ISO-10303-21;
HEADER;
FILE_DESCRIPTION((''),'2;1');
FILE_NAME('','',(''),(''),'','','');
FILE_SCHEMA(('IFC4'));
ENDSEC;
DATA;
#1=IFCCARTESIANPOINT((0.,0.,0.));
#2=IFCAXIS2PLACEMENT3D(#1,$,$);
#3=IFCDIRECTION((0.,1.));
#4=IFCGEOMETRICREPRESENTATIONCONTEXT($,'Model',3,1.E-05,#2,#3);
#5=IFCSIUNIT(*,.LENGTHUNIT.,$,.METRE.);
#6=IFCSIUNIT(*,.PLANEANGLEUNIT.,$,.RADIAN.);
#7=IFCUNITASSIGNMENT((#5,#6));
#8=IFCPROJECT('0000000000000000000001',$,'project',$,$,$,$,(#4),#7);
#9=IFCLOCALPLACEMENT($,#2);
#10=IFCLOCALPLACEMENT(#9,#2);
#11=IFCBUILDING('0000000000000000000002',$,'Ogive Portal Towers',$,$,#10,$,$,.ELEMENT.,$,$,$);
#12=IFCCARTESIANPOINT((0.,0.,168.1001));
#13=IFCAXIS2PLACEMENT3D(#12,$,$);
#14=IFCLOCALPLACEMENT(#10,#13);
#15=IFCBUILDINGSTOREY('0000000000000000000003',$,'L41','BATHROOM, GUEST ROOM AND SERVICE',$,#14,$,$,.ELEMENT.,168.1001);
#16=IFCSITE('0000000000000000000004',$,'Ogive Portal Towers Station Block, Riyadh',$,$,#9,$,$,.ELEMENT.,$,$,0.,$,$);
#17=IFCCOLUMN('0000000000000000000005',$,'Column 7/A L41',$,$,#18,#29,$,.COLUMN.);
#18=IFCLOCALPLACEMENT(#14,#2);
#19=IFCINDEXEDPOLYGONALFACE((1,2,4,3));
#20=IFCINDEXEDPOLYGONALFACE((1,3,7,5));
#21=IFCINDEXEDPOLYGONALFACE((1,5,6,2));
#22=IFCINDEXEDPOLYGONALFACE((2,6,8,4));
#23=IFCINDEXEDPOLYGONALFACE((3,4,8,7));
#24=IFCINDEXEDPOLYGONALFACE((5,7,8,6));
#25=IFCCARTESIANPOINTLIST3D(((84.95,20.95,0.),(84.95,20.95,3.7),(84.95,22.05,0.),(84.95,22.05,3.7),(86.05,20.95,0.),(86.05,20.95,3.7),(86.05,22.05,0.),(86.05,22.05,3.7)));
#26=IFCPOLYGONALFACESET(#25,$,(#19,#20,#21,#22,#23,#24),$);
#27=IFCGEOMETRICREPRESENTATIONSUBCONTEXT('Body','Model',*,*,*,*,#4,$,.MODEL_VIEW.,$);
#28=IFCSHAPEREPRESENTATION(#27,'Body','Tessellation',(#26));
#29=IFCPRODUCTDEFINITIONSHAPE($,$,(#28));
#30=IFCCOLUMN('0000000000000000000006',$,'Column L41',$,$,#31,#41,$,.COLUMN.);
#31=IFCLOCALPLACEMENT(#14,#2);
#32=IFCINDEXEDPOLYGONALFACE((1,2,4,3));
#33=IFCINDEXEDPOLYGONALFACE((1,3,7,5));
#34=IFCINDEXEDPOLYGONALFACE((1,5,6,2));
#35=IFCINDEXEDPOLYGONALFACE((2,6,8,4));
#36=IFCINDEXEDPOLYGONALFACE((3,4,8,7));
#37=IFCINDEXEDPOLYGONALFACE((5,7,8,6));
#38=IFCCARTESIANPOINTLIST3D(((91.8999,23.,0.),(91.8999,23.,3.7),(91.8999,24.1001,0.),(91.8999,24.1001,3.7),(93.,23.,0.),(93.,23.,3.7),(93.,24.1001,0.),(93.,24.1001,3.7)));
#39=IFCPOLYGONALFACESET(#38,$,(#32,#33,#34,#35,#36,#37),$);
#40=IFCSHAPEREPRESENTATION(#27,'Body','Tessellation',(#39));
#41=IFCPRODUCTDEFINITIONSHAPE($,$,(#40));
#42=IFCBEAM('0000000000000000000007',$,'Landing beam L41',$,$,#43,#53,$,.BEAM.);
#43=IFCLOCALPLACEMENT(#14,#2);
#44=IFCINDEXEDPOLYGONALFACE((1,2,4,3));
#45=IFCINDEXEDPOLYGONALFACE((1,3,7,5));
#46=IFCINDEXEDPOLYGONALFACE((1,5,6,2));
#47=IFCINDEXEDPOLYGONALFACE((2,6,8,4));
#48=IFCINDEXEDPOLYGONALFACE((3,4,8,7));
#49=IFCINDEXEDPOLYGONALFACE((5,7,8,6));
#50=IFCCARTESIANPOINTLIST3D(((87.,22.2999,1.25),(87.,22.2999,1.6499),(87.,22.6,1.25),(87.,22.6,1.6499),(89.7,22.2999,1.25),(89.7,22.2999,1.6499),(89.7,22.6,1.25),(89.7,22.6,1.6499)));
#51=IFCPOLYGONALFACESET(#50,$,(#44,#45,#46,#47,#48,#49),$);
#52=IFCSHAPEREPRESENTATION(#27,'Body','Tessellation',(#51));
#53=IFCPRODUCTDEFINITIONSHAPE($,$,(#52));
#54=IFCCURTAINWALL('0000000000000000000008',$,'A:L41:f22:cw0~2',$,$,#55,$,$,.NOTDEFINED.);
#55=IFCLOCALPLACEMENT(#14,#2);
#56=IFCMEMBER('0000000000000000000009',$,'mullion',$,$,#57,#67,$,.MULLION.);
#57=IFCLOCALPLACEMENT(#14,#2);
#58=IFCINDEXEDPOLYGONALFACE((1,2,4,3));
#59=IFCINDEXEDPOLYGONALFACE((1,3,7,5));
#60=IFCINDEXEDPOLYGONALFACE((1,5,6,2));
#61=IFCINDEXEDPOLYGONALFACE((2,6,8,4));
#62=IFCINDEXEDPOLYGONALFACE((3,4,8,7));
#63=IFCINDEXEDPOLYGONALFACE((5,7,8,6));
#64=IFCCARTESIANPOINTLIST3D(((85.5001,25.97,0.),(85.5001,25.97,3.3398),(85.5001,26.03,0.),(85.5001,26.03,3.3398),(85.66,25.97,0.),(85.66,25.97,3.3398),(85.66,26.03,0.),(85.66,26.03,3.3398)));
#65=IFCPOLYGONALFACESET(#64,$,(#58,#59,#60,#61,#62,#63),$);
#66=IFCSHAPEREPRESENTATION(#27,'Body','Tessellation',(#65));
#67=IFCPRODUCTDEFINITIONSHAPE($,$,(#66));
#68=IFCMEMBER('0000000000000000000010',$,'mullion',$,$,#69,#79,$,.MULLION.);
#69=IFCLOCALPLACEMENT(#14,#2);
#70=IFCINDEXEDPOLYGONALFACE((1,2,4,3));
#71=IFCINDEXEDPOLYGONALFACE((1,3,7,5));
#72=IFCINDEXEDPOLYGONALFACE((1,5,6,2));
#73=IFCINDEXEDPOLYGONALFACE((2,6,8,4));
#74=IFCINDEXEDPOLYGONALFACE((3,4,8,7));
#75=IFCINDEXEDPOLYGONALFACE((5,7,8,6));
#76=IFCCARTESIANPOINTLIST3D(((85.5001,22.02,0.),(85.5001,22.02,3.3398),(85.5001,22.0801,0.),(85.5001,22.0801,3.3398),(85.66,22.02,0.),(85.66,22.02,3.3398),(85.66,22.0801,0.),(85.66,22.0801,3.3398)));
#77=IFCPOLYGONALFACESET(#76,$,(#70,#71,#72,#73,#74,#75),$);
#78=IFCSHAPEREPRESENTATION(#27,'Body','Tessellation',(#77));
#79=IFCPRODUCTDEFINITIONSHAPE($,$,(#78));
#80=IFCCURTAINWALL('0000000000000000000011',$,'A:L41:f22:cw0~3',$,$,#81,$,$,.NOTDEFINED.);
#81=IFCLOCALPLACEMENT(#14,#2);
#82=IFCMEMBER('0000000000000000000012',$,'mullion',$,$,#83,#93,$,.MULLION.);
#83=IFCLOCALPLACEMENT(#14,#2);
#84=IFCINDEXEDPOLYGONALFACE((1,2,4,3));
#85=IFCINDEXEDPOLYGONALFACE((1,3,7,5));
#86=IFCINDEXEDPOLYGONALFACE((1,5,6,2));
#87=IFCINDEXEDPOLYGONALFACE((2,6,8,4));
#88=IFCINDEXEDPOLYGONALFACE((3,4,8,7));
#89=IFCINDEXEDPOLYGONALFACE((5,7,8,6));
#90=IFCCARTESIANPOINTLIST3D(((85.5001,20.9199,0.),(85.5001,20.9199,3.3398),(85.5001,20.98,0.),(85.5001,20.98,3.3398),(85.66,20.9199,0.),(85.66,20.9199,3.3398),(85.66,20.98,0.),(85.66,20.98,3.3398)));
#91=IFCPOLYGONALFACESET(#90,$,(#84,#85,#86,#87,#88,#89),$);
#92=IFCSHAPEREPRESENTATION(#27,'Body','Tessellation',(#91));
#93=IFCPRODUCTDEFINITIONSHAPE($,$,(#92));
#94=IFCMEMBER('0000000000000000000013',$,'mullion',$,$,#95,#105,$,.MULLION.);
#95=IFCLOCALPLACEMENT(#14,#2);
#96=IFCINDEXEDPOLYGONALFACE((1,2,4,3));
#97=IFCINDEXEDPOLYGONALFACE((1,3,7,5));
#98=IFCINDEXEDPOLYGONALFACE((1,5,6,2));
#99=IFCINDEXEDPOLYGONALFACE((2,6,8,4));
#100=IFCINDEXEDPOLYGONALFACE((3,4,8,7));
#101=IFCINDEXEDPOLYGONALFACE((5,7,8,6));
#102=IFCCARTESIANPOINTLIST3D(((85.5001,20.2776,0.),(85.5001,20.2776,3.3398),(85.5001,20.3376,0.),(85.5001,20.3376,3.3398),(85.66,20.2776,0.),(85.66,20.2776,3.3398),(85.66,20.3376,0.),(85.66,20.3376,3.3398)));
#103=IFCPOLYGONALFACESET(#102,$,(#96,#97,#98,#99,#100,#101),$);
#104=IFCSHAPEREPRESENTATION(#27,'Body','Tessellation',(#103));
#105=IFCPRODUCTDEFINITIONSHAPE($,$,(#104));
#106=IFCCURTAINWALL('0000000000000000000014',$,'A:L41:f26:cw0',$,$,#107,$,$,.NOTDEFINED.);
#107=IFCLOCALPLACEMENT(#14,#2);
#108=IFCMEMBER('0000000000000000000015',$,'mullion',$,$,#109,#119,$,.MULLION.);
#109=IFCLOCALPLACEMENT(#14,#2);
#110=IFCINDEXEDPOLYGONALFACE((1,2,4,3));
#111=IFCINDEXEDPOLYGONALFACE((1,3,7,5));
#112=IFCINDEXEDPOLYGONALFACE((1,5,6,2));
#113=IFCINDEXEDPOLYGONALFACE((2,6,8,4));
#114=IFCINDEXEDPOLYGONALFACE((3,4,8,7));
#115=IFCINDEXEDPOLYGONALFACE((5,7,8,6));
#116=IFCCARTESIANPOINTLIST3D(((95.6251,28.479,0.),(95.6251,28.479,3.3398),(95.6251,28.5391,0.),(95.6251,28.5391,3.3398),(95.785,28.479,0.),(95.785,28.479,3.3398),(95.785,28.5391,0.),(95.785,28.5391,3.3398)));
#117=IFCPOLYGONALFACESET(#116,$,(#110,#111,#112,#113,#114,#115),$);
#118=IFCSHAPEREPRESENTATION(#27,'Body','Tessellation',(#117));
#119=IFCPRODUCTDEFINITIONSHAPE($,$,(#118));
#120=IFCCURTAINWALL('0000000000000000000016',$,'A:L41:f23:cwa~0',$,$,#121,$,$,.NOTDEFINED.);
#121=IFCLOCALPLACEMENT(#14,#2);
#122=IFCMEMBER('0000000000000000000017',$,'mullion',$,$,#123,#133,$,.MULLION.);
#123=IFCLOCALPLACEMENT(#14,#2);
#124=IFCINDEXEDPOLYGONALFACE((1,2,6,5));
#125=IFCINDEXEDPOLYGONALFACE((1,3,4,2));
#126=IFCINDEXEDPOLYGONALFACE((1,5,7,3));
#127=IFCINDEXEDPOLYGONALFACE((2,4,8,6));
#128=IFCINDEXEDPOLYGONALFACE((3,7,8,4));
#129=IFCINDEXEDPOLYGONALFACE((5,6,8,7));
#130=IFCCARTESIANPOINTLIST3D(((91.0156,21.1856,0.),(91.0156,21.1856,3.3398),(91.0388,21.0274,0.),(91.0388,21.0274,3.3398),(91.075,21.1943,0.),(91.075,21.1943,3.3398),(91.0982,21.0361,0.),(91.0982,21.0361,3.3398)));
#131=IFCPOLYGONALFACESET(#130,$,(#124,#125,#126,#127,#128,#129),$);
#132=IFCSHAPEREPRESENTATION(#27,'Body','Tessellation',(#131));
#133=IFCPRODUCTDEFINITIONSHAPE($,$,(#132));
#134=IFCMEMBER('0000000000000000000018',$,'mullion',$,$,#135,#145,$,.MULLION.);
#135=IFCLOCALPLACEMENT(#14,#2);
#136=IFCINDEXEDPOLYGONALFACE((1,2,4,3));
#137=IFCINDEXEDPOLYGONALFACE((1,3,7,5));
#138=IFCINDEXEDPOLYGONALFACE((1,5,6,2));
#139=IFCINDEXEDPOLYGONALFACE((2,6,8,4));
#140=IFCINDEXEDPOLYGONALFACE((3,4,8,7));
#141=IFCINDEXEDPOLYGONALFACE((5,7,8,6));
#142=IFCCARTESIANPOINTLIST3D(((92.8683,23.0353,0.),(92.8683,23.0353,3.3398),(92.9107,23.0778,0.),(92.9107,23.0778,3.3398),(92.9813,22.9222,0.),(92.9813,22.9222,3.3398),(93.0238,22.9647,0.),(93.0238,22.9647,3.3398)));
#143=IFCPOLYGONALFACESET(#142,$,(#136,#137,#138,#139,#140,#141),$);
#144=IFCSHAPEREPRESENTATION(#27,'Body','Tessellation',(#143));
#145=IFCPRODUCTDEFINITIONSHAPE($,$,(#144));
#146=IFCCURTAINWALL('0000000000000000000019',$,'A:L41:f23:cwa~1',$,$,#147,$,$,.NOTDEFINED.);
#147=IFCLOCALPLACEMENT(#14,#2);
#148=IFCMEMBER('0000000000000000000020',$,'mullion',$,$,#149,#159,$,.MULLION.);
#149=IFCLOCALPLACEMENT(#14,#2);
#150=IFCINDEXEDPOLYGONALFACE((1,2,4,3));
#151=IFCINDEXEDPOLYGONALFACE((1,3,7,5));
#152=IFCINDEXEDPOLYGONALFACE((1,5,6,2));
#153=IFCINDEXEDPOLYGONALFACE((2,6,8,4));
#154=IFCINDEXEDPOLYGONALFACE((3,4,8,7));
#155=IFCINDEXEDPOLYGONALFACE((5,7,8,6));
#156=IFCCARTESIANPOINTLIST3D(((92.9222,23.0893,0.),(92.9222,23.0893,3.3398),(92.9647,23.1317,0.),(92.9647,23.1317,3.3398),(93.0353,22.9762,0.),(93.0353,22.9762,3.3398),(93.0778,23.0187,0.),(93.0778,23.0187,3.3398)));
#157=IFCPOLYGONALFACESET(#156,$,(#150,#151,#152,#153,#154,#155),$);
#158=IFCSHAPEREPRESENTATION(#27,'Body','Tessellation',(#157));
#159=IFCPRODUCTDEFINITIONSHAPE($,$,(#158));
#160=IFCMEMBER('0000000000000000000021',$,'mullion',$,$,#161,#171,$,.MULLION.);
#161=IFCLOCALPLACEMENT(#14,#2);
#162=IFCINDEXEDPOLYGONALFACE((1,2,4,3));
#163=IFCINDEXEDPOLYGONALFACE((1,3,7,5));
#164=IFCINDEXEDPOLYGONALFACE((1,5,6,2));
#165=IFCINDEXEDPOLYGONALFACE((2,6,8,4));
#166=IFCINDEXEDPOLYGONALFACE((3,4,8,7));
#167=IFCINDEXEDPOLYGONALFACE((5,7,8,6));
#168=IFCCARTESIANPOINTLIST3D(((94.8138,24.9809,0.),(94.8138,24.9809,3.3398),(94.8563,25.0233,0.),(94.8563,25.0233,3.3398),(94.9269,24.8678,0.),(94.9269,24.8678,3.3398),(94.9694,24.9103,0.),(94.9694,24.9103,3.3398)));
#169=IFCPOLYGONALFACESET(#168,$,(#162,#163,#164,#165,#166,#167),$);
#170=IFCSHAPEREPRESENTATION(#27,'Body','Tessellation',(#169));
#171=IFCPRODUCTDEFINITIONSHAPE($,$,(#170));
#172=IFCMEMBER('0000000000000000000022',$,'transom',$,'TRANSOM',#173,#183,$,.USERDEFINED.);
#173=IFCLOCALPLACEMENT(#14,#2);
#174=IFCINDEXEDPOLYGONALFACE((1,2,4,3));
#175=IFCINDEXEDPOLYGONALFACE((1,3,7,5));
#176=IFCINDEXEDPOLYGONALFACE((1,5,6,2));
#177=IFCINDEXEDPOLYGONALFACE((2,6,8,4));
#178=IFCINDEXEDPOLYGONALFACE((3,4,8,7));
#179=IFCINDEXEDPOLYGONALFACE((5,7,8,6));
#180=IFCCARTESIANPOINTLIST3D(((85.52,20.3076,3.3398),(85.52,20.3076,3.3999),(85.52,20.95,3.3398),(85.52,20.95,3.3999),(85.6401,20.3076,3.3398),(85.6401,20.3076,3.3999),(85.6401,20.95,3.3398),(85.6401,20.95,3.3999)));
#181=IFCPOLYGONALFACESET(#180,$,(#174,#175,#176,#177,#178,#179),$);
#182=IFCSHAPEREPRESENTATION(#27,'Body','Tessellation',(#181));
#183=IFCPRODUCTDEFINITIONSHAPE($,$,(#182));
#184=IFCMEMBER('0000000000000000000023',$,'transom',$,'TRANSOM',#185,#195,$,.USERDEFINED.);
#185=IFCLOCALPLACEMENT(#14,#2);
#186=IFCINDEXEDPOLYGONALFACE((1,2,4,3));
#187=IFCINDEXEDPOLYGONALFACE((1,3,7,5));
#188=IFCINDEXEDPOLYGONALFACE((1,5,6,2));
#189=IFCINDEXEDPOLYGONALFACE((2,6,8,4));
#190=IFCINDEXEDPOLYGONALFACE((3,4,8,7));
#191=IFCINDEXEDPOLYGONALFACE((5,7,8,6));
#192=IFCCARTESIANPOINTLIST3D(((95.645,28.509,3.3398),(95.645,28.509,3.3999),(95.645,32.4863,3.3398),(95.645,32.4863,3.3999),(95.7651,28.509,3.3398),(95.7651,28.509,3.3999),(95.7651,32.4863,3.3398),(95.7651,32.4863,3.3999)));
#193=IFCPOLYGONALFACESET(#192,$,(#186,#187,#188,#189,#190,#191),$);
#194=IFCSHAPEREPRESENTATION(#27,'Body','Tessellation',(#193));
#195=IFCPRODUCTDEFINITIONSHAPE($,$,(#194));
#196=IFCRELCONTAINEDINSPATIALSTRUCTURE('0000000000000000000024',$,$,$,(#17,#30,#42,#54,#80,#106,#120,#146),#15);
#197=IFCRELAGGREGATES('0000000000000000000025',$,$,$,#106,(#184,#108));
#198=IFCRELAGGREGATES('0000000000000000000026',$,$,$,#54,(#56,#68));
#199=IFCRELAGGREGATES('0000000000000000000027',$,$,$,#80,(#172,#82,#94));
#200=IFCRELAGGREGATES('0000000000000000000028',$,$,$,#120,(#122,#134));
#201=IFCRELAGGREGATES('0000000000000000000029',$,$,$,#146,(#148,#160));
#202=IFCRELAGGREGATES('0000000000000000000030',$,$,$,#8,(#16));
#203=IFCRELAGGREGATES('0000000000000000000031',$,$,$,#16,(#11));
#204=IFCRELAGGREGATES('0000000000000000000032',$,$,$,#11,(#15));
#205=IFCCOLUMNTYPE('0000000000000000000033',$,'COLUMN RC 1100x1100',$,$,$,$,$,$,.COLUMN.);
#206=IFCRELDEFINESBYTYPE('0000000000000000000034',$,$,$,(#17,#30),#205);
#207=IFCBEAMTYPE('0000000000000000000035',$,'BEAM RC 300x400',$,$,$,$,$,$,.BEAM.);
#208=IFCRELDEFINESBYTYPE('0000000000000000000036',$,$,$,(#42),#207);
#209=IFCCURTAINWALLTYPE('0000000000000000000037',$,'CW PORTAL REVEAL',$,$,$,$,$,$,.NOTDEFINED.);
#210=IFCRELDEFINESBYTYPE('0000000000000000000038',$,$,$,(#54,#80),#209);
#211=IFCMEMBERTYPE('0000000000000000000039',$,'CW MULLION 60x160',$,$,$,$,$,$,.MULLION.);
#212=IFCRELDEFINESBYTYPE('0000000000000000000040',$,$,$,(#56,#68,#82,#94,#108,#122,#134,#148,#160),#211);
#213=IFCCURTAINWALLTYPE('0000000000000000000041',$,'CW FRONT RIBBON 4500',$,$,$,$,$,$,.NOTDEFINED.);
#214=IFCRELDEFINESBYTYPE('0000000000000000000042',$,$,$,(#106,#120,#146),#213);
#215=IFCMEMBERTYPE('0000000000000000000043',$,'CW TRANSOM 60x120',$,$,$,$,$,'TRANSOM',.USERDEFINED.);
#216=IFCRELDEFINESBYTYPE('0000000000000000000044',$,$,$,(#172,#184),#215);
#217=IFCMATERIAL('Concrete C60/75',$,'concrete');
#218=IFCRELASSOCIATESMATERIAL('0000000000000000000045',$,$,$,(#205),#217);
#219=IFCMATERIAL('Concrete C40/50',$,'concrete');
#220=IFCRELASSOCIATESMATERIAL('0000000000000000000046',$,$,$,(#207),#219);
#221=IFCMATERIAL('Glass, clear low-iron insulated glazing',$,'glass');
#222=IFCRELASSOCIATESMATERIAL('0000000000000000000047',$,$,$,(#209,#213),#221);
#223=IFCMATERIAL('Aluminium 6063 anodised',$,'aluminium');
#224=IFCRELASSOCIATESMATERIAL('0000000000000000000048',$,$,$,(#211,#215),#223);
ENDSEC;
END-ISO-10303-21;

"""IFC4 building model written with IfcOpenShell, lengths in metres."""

from ifc_helpers import new_model, si_unit, direction, frame, origin, origin_2d, place, context, subcontext, project, spatial, rectangle, extrude, material, material_profile, profile_set, type_object, element, aggregate, save


model = new_model("IFC4")

# Units and contexts
model_context = context("Model", 3, precision=1e-05, world=origin(), true_north=direction((0.0, 1.0)))
body_context = subcontext(model_context, "Body", "Model", "MODEL_VIEW")
ifc_project = project(units=[si_unit("LENGTHUNIT", "METRE"), si_unit("PLANEANGLEUNIT", "RADIAN")], contexts=[model_context])

# Site, building, storey
site_placement = place(None, origin())
site = spatial("IfcSite", under=ifc_project, at=site_placement, Name="Ogive Portal Towers Station Block, Riyadh", CompositionType="ELEMENT", RefElevation=0.0)
building_placement = place(site_placement, origin())
building = spatial("IfcBuilding", under=site, at=building_placement, Name="Ogive Portal Towers", CompositionType="ELEMENT")
storey_placement = place(building_placement, frame((0.0, 0.0, 168.1001)))
storey = spatial("IfcBuildingStorey", under=building, at=storey_placement, Name="L41", Description="BATHROOM, GUEST ROOM AND SERVICE", CompositionType="ELEMENT", Elevation=168.1001)

# Columns
ifc_material_1 = material(Name="Concrete C60/75", Category="concrete")
ifc_material_profile_1 = material_profile(ifc_material_1, rectangle(XDim=1.1001, YDim=1.1001, at=origin_2d()), Name="RC 1100x1100")
ifc_profile_set_1 = profile_set([ifc_material_profile_1], Name="Concrete C60/75")
column_type = type_object("IfcColumnType", Name="COLUMN RC 1100x1100", PredefinedType="COLUMN", material=ifc_profile_set_1)
for number, where, z_axis, x_axis, name in (
    (1, (85.5, 21.5, 0.0), (0.0, 0.0, 1.0), (1.0, 0.0, 0.0), "Column 7/A L41"),
    (2, (92.45, 23.55, 0.0), (0.0, 0.0, 1.0), (1.0, 0.0, 0.0), "Column L41"),
):
    element("IfcColumn", number, at=place(storey_placement, frame(where, z_axis=z_axis, x_axis=x_axis)), inside=storey, type_object=column_type, Name=name, PredefinedType="COLUMN", context=body_context, shape_type="SweptSolid", body=[
        extrude(rectangle(XDim=1.1001, YDim=1.1001, at=origin_2d()), origin(), (0.0, 0.0, 1.0), 3.7),
    ])

# Beam
ifc_material_2 = material(Name="Concrete C40/50", Category="concrete")
ifc_material_profile_2 = material_profile(ifc_material_2, rectangle(XDim=0.3, YDim=0.3999, at=origin_2d()), Name="RC 300x400")
ifc_profile_set_2 = profile_set([ifc_material_profile_2], Name="Concrete C40/50")
beam_type = type_object("IfcBeamType", Name="BEAM RC 300x400", PredefinedType="BEAM", material=ifc_profile_set_2)
beam_placement = place(storey_placement, frame((87.0, 22.45, 1.45), z_axis=(1.0, 0.0, 0.0), x_axis=(0.0, 1.0, 0.0)))
element("IfcBeam", 3, at=beam_placement, inside=storey, type_object=beam_type, Name="Landing beam L41", PredefinedType="BEAM", context=body_context, shape_type="SweptSolid", body=[
    extrude(rectangle(XDim=0.3, YDim=0.3999, at=origin_2d()), origin(), (0.0, 0.0, 1.0), 2.7),
])

# Curtain walls, members
ifc_material_3 = material(Name="Glass, clear low-iron insulated glazing", Category="glass")
curtain_wall_type_1 = type_object("IfcCurtainWallType", Name="CW PORTAL REVEAL", PredefinedType="NOTDEFINED", material=ifc_material_3)
curtain_wall_1_placement = place(storey_placement, origin())
curtain_wall_1 = element("IfcCurtainWall", 4, at=curtain_wall_1_placement, inside=storey, type_object=curtain_wall_type_1, Name="A:L41:f22:cw0~2", PredefinedType="NOTDEFINED")
ifc_material_4 = material(Name="Aluminium 6063 anodised", Category="aluminium")
ifc_material_profile_3 = material_profile(ifc_material_4, rectangle(XDim=0.1599, YDim=0.0601, at=origin_2d()), Name="AL 60x160")
ifc_profile_set_3 = profile_set([ifc_material_profile_3], Name="Aluminium 6063 anodised")
member_type_1 = type_object("IfcMemberType", Name="CW MULLION 60x160", PredefinedType="MULLION", material=ifc_profile_set_3)
member_1_placement = place(storey_placement, frame((85.5801, 26.0, 0.0), z_axis=(0.0, 0.0, 1.0), x_axis=(1.0, 0.0, 0.0)))
member_1 = element("IfcMember", 5, at=member_1_placement, type_object=member_type_1, Name="mullion", PredefinedType="MULLION", context=body_context, shape_type="SweptSolid", body=[
    extrude(rectangle(XDim=0.1599, YDim=0.0601, at=origin_2d()), origin(), (0.0, 0.0, 1.0), 3.3398),
])
member_2_placement = place(storey_placement, frame((85.5801, 22.05, 0.0), z_axis=(0.0, 0.0, 1.0), x_axis=(1.0, 0.0, 0.0)))
member_2 = element("IfcMember", 6, at=member_2_placement, type_object=member_type_1, Name="mullion", PredefinedType="MULLION", context=body_context, shape_type="SweptSolid", body=[
    extrude(rectangle(XDim=0.1599, YDim=0.0601, at=origin_2d()), origin(), (0.0, 0.0, 1.0), 3.3398),
])
curtain_wall_2_placement = place(storey_placement, origin())
curtain_wall_2 = element("IfcCurtainWall", 7, at=curtain_wall_2_placement, inside=storey, type_object=curtain_wall_type_1, Name="A:L41:f22:cw0~3", PredefinedType="NOTDEFINED")
member_3_placement = place(storey_placement, frame((85.5801, 20.95, 0.0), z_axis=(0.0, 0.0, 1.0), x_axis=(1.0, 0.0, 0.0)))
member_3 = element("IfcMember", 8, at=member_3_placement, type_object=member_type_1, Name="mullion", PredefinedType="MULLION", context=body_context, shape_type="SweptSolid", body=[
    extrude(rectangle(XDim=0.1599, YDim=0.0601, at=origin_2d()), origin(), (0.0, 0.0, 1.0), 3.3398),
])
member_4_placement = place(storey_placement, frame((85.5801, 20.3076, 0.0), z_axis=(0.0, 0.0, 1.0), x_axis=(1.0, 0.0, 0.0)))
member_4 = element("IfcMember", 9, at=member_4_placement, type_object=member_type_1, Name="mullion", PredefinedType="MULLION", context=body_context, shape_type="SweptSolid", body=[
    extrude(rectangle(XDim=0.1599, YDim=0.0601, at=origin_2d()), origin(), (0.0, 0.0, 1.0), 3.3398),
])

# Curtain wall, member
curtain_wall_type_2 = type_object("IfcCurtainWallType", Name="CW FRONT RIBBON 4500", PredefinedType="NOTDEFINED", material=ifc_material_3)
curtain_wall_3_placement = place(storey_placement, origin())
curtain_wall_3 = element("IfcCurtainWall", 10, at=curtain_wall_3_placement, inside=storey, type_object=curtain_wall_type_2, Name="A:L41:f26:cw0", PredefinedType="NOTDEFINED")
member_5_placement = place(storey_placement, frame((95.7051, 28.509, 0.0), z_axis=(0.0, 0.0, 1.0), x_axis=(-1.0, 0.0, 0.0)))
member_5 = element("IfcMember", 11, at=member_5_placement, type_object=member_type_1, Name="mullion", PredefinedType="MULLION", context=body_context, shape_type="SweptSolid", body=[
    extrude(rectangle(XDim=0.1599, YDim=0.0601, at=origin_2d()), origin(), (0.0, 0.0, 1.0), 3.3398),
])

# Curtain walls, members
curtain_wall_4_placement = place(storey_placement, origin())
curtain_wall_4 = element("IfcCurtainWall", 12, at=curtain_wall_4_placement, inside=storey, type_object=curtain_wall_type_2, Name="A:L41:f23:cwa~0", PredefinedType="NOTDEFINED")
member_6_placement = place(storey_placement, frame((91.0569, 21.1108, 0.0), z_axis=(0.0, 0.0, 1.0), x_axis=(-0.145099, 0.989417, 0.0)))
member_6 = element("IfcMember", 13, at=member_6_placement, type_object=member_type_1, Name="mullion", PredefinedType="MULLION", context=body_context, shape_type="SweptSolid", body=[
    extrude(rectangle(XDim=0.1599, YDim=0.0601, at=origin_2d()), origin(), (0.0, 0.0, 1.0), 3.3398),
])
member_7_placement = place(storey_placement, frame((92.946, 23.0, 0.0), z_axis=(0.0, 0.0, 1.0), x_axis=(-0.707107, 0.707107, 0.0)))
member_7 = element("IfcMember", 14, at=member_7_placement, type_object=member_type_1, Name="mullion", PredefinedType="MULLION", context=body_context, shape_type="SweptSolid", body=[
    extrude(rectangle(XDim=0.1599, YDim=0.0601, at=origin_2d()), origin(), (0.0, 0.0, 1.0), 3.3398),
])
curtain_wall_5_placement = place(storey_placement, origin())
curtain_wall_5 = element("IfcCurtainWall", 15, at=curtain_wall_5_placement, inside=storey, type_object=curtain_wall_type_2, Name="A:L41:f23:cwa~1", PredefinedType="NOTDEFINED")
member_8_placement = place(storey_placement, frame((93.0, 23.054, 0.0), z_axis=(0.0, 0.0, 1.0), x_axis=(-0.707107, 0.707107, 0.0)))
member_8 = element("IfcMember", 16, at=member_8_placement, type_object=member_type_1, Name="mullion", PredefinedType="MULLION", context=body_context, shape_type="SweptSolid", body=[
    extrude(rectangle(XDim=0.1599, YDim=0.0601, at=origin_2d()), origin(), (0.0, 0.0, 1.0), 3.3398),
])
member_9_placement = place(storey_placement, frame((94.8916, 24.9456, 0.0), z_axis=(0.0, 0.0, 1.0), x_axis=(-0.707107, 0.707107, 0.0)))
member_9 = element("IfcMember", 17, at=member_9_placement, type_object=member_type_1, Name="mullion", PredefinedType="MULLION", context=body_context, shape_type="SweptSolid", body=[
    extrude(rectangle(XDim=0.1599, YDim=0.0601, at=origin_2d()), origin(), (0.0, 0.0, 1.0), 3.3398),
])

# Members
ifc_material_profile_4 = material_profile(ifc_material_4, rectangle(XDim=0.1201, YDim=0.0601, at=origin_2d()), Name="AL 120x60")
ifc_profile_set_4 = profile_set([ifc_material_profile_4], Name="Aluminium 6063 anodised")
member_type_2 = type_object("IfcMemberType", Name="CW TRANSOM 60x120", ElementType="TRANSOM", PredefinedType="USERDEFINED", material=ifc_profile_set_4)
member_10_placement = place(storey_placement, frame((85.5801, 20.95, 3.3699), z_axis=(0.0, -1.0, 0.0), x_axis=(1.0, 0.0, 0.0)))
member_10 = element("IfcMember", 18, at=member_10_placement, type_object=member_type_2, Name="transom", ObjectType="TRANSOM", PredefinedType="USERDEFINED", context=body_context, shape_type="SweptSolid", body=[
    extrude(rectangle(XDim=0.1201, YDim=0.0601, at=origin_2d()), origin(), (0.0, 0.0, 1.0), 0.6423),
])
member_11_placement = place(storey_placement, frame((95.7051, 28.509, 3.3699), z_axis=(0.0, 1.0, 0.0), x_axis=(-1.0, 0.0, 0.0)))
member_11 = element("IfcMember", 19, at=member_11_placement, type_object=member_type_2, Name="transom", ObjectType="TRANSOM", PredefinedType="USERDEFINED", context=body_context, shape_type="SweptSolid", body=[
    extrude(rectangle(XDim=0.1201, YDim=0.0601, at=origin_2d()), origin(), (0.0, 0.0, 1.0), 3.9773),
])
aggregate(curtain_wall_3, [member_11, member_5])

aggregate(curtain_wall_1, [member_1, member_2])
aggregate(curtain_wall_2, [member_10, member_3, member_4])
aggregate(curtain_wall_4, [member_6, member_7])
aggregate(curtain_wall_5, [member_8, member_9])

save(model, "model.ifc")
